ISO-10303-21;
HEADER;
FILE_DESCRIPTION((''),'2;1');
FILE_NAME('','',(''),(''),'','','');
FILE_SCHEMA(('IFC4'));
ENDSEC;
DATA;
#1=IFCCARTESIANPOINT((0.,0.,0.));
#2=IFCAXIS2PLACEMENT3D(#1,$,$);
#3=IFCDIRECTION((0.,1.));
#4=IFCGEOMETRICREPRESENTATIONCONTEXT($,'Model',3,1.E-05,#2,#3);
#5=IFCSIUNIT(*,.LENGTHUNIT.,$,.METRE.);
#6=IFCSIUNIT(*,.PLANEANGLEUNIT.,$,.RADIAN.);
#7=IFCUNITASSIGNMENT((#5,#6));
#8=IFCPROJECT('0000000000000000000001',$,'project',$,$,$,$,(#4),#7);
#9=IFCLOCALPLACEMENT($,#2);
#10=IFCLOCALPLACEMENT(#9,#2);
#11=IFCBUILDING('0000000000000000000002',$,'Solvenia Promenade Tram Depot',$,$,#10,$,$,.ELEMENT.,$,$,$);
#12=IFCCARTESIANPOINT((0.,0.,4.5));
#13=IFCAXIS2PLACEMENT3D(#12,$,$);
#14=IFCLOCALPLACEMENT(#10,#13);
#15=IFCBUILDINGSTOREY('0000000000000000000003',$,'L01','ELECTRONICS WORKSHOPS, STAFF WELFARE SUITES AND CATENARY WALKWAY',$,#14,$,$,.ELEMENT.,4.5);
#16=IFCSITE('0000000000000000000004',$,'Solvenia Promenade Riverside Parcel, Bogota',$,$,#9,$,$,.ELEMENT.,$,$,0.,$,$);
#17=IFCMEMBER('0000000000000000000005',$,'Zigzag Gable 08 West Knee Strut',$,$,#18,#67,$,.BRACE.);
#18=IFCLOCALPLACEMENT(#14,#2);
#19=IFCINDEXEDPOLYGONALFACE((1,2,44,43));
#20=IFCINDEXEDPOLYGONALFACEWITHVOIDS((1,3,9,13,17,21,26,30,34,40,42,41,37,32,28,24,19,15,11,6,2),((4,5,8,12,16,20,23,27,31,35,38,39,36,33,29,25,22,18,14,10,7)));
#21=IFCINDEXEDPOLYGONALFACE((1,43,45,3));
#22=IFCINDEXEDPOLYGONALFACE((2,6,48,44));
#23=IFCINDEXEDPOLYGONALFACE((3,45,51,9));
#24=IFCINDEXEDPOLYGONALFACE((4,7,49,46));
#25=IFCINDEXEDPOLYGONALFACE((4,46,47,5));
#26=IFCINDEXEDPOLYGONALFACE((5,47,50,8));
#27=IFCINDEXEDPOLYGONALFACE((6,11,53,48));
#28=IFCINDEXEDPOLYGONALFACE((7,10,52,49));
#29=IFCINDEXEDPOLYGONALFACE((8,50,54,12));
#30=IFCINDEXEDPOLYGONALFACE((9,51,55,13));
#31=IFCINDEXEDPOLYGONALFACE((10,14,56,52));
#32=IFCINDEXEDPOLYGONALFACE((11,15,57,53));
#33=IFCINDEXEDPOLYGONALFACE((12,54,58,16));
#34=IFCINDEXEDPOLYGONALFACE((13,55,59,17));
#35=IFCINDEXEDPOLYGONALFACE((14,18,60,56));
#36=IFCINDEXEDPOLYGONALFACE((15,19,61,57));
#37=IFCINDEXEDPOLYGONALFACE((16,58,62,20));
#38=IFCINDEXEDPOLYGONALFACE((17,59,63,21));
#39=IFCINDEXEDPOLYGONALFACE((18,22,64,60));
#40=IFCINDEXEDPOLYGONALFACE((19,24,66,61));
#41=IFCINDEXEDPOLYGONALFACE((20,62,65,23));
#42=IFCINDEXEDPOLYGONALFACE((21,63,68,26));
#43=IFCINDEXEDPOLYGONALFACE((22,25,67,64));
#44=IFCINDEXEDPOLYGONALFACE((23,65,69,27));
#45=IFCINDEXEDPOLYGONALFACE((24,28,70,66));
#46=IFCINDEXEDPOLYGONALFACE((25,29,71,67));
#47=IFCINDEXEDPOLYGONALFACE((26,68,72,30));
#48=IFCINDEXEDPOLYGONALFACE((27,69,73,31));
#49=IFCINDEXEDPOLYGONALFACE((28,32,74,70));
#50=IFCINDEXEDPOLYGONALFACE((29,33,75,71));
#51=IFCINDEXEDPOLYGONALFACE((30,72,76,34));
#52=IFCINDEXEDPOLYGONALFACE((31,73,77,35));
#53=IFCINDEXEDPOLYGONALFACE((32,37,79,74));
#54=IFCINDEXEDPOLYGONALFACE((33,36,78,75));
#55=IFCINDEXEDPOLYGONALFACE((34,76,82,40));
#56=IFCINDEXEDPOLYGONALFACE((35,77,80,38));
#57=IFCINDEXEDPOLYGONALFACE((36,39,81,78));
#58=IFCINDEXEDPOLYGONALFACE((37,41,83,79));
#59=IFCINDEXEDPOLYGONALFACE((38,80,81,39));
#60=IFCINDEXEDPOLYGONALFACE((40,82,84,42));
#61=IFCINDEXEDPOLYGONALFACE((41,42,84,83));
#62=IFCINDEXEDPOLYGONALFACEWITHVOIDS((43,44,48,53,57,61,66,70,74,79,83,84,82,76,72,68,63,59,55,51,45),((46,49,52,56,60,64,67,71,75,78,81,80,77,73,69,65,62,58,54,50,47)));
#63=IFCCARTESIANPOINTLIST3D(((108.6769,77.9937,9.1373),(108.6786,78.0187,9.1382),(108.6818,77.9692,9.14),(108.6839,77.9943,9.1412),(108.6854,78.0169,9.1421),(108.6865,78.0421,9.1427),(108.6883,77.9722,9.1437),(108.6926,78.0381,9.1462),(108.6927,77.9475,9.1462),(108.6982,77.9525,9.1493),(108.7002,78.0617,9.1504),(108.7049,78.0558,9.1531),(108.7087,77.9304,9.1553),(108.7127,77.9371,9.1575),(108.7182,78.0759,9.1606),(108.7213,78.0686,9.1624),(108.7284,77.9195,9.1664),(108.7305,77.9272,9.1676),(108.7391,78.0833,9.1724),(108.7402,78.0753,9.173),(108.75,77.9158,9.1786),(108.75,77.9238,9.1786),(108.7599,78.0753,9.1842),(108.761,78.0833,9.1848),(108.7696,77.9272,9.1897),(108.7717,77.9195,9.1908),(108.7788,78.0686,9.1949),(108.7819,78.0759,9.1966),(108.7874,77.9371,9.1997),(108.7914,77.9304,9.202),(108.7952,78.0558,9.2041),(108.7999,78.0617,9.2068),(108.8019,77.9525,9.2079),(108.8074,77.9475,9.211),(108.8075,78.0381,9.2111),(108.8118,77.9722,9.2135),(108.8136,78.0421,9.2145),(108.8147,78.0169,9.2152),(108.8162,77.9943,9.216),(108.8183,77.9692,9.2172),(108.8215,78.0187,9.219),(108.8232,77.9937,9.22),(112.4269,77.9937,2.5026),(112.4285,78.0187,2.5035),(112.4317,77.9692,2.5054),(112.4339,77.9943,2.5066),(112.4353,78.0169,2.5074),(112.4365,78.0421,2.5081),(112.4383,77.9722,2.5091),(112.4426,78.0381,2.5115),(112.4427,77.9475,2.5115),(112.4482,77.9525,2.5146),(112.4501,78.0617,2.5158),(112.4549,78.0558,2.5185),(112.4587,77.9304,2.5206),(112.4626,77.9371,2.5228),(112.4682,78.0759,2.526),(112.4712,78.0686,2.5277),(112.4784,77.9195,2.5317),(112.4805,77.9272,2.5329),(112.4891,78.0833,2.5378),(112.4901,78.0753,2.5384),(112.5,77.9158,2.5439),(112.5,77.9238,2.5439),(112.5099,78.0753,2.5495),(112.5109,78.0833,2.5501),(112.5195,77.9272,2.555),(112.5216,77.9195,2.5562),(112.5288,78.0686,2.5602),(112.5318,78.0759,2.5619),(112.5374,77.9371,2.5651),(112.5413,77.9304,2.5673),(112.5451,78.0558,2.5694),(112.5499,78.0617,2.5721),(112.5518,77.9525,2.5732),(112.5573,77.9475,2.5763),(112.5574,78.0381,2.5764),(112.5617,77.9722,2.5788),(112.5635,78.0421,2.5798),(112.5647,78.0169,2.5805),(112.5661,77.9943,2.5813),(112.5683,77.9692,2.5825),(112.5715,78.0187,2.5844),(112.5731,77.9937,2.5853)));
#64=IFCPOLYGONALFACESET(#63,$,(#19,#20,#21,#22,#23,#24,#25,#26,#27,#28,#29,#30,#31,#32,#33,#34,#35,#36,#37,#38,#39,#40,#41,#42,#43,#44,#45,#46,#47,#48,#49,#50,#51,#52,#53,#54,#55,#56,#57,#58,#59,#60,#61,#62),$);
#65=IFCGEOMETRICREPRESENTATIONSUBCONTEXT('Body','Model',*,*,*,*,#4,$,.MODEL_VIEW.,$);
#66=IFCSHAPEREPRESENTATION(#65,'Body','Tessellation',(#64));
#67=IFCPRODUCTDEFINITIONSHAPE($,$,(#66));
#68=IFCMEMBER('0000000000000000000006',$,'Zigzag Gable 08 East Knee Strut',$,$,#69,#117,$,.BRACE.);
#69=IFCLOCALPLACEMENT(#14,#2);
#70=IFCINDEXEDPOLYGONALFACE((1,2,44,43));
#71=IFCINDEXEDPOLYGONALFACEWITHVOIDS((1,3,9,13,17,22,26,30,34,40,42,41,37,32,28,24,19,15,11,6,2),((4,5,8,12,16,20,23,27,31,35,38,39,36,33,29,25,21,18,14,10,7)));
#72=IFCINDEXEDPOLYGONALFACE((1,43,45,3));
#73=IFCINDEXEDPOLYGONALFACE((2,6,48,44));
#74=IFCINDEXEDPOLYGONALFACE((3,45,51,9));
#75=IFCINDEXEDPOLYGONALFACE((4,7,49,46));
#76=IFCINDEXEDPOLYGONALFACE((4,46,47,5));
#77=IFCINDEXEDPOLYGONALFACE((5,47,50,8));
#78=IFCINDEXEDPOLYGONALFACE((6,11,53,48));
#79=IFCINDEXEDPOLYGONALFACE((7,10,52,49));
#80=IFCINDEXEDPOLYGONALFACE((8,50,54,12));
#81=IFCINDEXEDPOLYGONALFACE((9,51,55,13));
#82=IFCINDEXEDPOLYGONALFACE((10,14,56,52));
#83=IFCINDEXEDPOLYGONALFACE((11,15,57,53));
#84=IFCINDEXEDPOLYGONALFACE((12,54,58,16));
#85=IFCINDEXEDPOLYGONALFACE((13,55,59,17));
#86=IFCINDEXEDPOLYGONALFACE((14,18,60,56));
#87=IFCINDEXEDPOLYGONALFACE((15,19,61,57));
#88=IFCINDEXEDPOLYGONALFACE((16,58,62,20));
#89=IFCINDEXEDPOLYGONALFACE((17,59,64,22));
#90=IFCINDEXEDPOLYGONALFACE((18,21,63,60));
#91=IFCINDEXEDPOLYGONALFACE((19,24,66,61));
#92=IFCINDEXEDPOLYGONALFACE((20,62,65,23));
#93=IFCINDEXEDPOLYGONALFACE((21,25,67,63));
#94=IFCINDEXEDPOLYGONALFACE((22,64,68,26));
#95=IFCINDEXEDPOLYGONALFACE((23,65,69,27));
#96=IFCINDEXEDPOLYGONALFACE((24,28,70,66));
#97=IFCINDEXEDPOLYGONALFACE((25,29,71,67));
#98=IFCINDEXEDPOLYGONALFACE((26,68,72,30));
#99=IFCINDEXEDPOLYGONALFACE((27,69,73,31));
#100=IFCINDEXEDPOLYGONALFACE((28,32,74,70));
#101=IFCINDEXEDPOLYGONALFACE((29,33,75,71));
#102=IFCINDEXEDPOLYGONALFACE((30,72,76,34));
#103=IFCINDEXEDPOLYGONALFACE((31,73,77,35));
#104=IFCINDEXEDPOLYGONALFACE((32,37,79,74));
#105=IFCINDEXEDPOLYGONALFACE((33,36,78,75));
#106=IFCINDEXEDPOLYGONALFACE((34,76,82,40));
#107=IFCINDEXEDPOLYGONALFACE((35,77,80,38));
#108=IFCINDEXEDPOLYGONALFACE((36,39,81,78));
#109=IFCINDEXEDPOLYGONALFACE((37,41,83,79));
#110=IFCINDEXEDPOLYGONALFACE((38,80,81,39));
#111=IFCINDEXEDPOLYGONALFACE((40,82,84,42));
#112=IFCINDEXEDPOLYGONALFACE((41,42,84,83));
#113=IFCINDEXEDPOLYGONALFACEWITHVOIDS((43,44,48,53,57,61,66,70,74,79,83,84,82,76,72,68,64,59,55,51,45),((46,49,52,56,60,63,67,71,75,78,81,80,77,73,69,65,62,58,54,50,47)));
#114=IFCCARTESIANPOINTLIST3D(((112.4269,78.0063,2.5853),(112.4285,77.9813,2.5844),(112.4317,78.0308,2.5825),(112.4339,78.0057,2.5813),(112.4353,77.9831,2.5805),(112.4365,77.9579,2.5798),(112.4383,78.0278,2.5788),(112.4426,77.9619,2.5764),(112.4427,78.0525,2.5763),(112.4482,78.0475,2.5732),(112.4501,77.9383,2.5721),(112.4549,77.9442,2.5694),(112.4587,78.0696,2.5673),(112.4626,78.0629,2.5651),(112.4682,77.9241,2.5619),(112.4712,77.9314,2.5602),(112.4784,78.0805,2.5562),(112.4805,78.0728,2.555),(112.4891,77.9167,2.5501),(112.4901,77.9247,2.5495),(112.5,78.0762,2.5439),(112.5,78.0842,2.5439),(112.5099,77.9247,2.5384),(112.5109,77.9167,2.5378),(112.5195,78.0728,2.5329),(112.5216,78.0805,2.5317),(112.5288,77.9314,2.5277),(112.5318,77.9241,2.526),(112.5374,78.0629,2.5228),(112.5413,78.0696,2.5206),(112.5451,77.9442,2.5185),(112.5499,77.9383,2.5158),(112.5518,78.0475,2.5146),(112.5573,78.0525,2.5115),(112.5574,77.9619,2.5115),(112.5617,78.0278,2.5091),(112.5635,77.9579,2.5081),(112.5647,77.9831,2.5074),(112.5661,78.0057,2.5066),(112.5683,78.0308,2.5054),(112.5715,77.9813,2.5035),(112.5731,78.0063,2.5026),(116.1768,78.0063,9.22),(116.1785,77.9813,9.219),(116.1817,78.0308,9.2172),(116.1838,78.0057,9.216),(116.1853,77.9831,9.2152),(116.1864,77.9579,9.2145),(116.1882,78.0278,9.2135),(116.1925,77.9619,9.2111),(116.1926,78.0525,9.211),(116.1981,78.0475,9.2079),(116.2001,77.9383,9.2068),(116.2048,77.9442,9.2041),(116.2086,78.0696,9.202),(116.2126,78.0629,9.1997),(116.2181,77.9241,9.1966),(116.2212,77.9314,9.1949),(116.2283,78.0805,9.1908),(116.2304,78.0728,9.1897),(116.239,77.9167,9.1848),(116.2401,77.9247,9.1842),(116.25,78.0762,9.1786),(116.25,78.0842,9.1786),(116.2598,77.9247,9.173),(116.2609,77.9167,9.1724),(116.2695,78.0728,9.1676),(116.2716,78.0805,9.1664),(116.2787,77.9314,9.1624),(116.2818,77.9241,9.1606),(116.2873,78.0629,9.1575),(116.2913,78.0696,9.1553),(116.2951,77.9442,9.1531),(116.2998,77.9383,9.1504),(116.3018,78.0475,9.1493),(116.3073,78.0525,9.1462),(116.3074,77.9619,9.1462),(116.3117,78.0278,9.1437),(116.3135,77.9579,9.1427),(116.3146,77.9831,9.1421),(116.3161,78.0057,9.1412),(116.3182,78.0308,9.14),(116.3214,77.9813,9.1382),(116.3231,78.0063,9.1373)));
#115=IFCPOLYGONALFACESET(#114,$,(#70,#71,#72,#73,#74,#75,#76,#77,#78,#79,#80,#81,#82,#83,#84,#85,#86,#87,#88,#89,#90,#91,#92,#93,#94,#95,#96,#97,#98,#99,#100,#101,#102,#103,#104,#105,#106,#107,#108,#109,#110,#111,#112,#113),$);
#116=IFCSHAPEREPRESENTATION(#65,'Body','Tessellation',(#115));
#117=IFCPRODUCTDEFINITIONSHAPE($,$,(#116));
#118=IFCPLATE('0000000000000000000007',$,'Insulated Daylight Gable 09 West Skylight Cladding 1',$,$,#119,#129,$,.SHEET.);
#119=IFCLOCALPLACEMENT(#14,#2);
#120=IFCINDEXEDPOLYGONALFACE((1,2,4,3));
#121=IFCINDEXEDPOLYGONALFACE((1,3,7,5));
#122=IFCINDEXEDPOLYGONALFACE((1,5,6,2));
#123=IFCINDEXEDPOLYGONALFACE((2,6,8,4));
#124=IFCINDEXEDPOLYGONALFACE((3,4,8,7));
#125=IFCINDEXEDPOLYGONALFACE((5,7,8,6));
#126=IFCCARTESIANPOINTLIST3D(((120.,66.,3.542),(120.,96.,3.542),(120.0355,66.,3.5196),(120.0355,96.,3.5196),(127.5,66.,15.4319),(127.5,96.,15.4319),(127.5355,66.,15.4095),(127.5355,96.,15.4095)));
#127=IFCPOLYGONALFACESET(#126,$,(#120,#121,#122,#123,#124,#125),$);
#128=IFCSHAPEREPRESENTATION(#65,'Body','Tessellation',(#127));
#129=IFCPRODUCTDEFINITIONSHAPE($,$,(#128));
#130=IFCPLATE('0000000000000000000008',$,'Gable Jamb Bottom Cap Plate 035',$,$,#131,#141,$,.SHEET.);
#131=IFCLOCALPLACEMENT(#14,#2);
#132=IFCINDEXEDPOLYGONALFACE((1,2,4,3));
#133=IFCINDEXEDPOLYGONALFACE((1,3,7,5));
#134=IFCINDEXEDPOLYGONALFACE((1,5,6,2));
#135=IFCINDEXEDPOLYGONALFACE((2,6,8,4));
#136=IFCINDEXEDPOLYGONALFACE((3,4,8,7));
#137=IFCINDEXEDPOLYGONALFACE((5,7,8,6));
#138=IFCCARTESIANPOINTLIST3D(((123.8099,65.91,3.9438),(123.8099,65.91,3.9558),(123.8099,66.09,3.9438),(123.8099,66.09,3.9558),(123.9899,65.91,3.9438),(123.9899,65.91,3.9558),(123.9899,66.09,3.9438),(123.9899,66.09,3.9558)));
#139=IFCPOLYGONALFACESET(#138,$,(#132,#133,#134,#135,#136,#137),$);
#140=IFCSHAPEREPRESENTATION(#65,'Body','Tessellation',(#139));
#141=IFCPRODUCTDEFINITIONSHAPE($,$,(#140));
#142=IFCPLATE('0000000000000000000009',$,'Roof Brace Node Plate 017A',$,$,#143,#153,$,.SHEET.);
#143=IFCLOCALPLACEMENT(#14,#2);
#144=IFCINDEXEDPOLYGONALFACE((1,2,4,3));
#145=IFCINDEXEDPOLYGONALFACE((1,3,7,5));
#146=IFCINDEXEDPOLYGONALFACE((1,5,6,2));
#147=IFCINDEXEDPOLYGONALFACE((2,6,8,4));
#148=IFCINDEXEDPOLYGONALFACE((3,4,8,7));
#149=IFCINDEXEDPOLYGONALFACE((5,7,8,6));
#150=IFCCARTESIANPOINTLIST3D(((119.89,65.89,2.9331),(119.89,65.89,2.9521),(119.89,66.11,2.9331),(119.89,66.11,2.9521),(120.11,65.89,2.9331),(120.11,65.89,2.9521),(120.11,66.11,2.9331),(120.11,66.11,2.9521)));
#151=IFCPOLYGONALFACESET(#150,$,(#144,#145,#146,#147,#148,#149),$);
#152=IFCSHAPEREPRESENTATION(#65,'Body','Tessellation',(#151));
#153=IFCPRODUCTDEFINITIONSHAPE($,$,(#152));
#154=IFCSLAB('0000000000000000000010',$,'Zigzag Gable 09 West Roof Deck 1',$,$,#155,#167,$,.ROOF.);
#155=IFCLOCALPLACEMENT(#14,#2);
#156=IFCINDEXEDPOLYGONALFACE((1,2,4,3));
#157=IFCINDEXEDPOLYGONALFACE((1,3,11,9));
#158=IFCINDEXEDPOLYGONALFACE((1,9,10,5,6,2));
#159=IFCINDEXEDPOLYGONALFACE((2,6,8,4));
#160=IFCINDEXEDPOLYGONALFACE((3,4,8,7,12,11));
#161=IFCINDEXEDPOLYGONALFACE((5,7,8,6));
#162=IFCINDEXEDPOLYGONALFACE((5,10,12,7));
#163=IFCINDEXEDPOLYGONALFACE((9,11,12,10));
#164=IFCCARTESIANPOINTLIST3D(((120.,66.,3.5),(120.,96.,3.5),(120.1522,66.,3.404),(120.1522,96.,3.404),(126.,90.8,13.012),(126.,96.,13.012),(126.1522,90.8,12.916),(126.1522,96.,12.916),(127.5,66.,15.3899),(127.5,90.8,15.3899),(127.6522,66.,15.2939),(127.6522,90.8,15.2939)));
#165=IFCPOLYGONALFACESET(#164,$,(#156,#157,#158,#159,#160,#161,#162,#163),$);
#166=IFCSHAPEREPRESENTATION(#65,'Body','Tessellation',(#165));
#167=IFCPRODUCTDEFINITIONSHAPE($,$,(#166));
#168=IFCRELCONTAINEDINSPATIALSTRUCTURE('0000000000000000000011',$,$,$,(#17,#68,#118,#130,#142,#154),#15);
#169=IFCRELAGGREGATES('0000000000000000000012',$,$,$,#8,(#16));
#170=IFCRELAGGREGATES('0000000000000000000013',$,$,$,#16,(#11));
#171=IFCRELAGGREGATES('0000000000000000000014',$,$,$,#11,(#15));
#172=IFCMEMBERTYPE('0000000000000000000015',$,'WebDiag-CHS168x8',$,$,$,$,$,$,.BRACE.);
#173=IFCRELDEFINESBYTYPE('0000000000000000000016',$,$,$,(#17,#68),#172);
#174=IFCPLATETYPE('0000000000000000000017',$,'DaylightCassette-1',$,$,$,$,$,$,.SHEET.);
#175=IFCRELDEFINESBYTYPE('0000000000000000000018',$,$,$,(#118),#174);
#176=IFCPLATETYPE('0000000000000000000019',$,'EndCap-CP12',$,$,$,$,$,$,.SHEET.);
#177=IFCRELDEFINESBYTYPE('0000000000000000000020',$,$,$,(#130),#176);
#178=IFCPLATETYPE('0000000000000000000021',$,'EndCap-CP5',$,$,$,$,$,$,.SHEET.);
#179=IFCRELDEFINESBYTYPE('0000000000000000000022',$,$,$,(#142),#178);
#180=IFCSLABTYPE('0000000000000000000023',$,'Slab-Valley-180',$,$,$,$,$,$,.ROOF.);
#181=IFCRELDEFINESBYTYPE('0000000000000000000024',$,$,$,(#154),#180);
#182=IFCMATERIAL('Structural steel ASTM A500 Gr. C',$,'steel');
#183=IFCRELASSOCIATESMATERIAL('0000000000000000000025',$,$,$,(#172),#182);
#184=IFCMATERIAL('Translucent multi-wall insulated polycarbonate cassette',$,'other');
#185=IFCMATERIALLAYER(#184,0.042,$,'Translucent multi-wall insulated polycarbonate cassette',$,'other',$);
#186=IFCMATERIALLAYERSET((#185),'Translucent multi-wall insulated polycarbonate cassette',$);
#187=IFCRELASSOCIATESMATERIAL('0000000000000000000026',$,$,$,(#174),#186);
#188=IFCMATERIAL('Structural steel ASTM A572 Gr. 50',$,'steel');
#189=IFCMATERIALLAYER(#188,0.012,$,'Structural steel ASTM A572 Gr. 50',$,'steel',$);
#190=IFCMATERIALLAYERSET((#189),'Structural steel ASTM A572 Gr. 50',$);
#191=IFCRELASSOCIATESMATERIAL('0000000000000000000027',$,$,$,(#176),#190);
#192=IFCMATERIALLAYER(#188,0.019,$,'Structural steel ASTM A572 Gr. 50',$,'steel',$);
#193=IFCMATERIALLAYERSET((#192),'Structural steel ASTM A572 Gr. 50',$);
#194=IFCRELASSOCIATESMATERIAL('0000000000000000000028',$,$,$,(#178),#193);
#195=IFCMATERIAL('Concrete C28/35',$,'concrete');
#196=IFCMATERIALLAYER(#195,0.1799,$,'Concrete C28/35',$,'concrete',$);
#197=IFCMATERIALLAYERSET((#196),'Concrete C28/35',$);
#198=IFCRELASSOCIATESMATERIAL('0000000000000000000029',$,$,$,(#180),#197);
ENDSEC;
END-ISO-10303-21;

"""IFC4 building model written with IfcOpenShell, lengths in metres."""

from ifc_helpers import new_model, si_unit, direction, frame, origin, origin_2d, place, context, subcontext, project, spatial, polyline, rectangle, hollow_circle, outline, extrude, material, layer, layer_set, material_profile, profile_set, type_object, element, save


model = new_model("IFC4")

# Units and contexts
model_context = context("Model", 3, precision=1e-05, world=origin(), true_north=direction((0.0, 1.0)))
body_context = subcontext(model_context, "Body", "Model", "MODEL_VIEW")
ifc_project = project(units=[si_unit("LENGTHUNIT", "METRE"), si_unit("PLANEANGLEUNIT", "RADIAN")], contexts=[model_context])

# Site, building, storey
site_placement = place(None, origin())
site = spatial("IfcSite", under=ifc_project, at=site_placement, Name="Solvenia Promenade Riverside Parcel, Bogota", CompositionType="ELEMENT", RefElevation=0.0)
building_placement = place(site_placement, origin())
building = spatial("IfcBuilding", under=site, at=building_placement, Name="Solvenia Promenade Tram Depot", CompositionType="ELEMENT")
storey_placement = place(building_placement, frame((0.0, 0.0, 4.5)))
storey = spatial("IfcBuildingStorey", under=building, at=storey_placement, Name="L01", Description="ELECTRONICS WORKSHOPS, STAFF WELFARE SUITES AND CATENARY WALKWAY", CompositionType="ELEMENT", Elevation=4.5)

# Shared definitions
ifc_material_1 = material(Name="Structural steel ASTM A500 Gr. C", Category="steel")

# Members
ifc_material_profile_1 = material_profile(ifc_material_1, hollow_circle(Radius=0.0842, WallThickness=0.0081, at=origin_2d()), Name="CHS168.3x8", Category="steel")
ifc_profile_set_1 = profile_set([ifc_material_profile_1], Name="Structural steel ASTM A500 Gr. C")
member_type_1 = type_object("IfcMemberType", Name="WebDiag-CHS168x8", PredefinedType="BRACE", material=ifc_profile_set_1)
for number, where, z_axis, x_axis, name in (
    (1, (112.5, 78.0, 2.5439), (-0.492049, 0.0, 0.870568), (0.0, -1.0, 0.0), "Zigzag Gable 08 West Knee Strut"),
    (2, (112.5, 78.0, 2.5439), (0.492049, 0.0, 0.870568), (0.0, 1.0, 0.0), "Zigzag Gable 08 East Knee Strut"),
):
    element("IfcMember", number, at=place(storey_placement, frame(where, z_axis=z_axis, x_axis=x_axis)), inside=storey, type_object=member_type_1, Name=name, PredefinedType="BRACE", context=body_context, shape_type="SweptSolid", body=[
        extrude(hollow_circle(Radius=0.0842, WallThickness=0.0081, at=origin_2d()), origin(), (0.0, 0.0, 1.0), 7.6211),
    ])

# Plates
ifc_material_2 = material(Name="Translucent multi-wall insulated polycarbonate cassette", Category="other")
ifc_layer_1 = layer(ifc_material_2, 0.042, Name="Translucent multi-wall insulated polycarbonate cassette", Category="other")
ifc_layer_set_1 = layer_set([ifc_layer_1], Name="Translucent multi-wall insulated polycarbonate cassette")
plate_type_1 = type_object("IfcPlateType", Name="DaylightCassette-1", PredefinedType="SHEET", material=ifc_layer_set_1)
plate_1_placement = place(storey_placement, frame((120.0, 66.0, 3.542), z_axis=(-0.845791, 0.0, 0.533515), x_axis=(0.0, 1.0, 0.0)))
element("IfcPlate", 3, at=plate_1_placement, inside=storey, type_object=plate_type_1, Name="Insulated Daylight Gable 09 West Skylight Cladding 1", PredefinedType="SHEET", context=body_context, shape_type="SweptSolid", body=[
    extrude(outline(polyline([(0.0, 0.0), (30.0, 0.0), (30.0, -14.0577), (0.0, -14.0577), (0.0, 0.0)])), origin(), (0.0, 0.0, -1.0), 0.042),
])
ifc_material_3 = material(Name="Structural steel ASTM A572 Gr. 50", Category="steel")
ifc_layer_2 = layer(ifc_material_3, 0.012, Name="Structural steel ASTM A572 Gr. 50", Category="steel")
ifc_layer_set_2 = layer_set([ifc_layer_2], Name="Structural steel ASTM A572 Gr. 50")
plate_type_2 = type_object("IfcPlateType", Name="EndCap-CP12", PredefinedType="SHEET", material=ifc_layer_set_2)
plate_2_placement = place(storey_placement, frame((123.8999, 66.0, 3.9438), z_axis=(0.0, 0.0, 1.0), x_axis=(1.0, 0.0, 0.0)))
element("IfcPlate", 4, at=plate_2_placement, inside=storey, type_object=plate_type_2, Name="Gable Jamb Bottom Cap Plate 035", PredefinedType="SHEET", context=body_context, shape_type="SweptSolid", body=[
    extrude(rectangle(XDim=0.1799, YDim=0.1799, at=origin_2d()), origin(), (0.0, 0.0, 1.0), 0.012),
])
ifc_layer_3 = layer(ifc_material_3, 0.019, Name="Structural steel ASTM A572 Gr. 50", Category="steel")
ifc_layer_set_3 = layer_set([ifc_layer_3], Name="Structural steel ASTM A572 Gr. 50")
plate_type_3 = type_object("IfcPlateType", Name="EndCap-CP5", PredefinedType="SHEET", material=ifc_layer_set_3)
plate_3_placement = place(storey_placement, frame((120.0, 66.0, 2.9331), z_axis=(0.0, 0.0, 1.0), x_axis=(1.0, 0.0, 0.0)))
element("IfcPlate", 5, at=plate_3_placement, inside=storey, type_object=plate_type_3, Name="Roof Brace Node Plate 017A", PredefinedType="SHEET", context=body_context, shape_type="SweptSolid", body=[
    extrude(rectangle(XDim=0.22, YDim=0.22, at=origin_2d()), origin(), (0.0, 0.0, 1.0), 0.019),
])

# Slab
ifc_material_4 = material(Name="Concrete C28/35", Category="concrete")
ifc_layer_4 = layer(ifc_material_4, 0.1799, Name="Concrete C28/35", Category="concrete")
ifc_layer_set_4 = layer_set([ifc_layer_4], Name="Concrete C28/35")
slab_type = type_object("IfcSlabType", Name="Slab-Valley-180", PredefinedType="ROOF", material=ifc_layer_set_4)
slab_placement = place(storey_placement, frame((120.0, 66.0, 3.5), z_axis=(-0.845791, 0.0, 0.533514), x_axis=(0.0, 1.0, 0.0)))
element("IfcSlab", 6, at=slab_placement, inside=storey, type_object=slab_type, Name="Zigzag Gable 09 West Roof Deck 1", PredefinedType="ROOF", context=body_context, shape_type="SweptSolid", body=[
    extrude(outline(polyline([(0.0, 0.0), (30.0, 0.0), (30.0, -11.2462), (24.8, -11.2462), (24.8, -14.0577), (0.0, -14.0577), (0.0, 0.0)])), origin(), (0.0, 0.0, -1.0), 0.1799),
])

save(model, "model.ifc")
